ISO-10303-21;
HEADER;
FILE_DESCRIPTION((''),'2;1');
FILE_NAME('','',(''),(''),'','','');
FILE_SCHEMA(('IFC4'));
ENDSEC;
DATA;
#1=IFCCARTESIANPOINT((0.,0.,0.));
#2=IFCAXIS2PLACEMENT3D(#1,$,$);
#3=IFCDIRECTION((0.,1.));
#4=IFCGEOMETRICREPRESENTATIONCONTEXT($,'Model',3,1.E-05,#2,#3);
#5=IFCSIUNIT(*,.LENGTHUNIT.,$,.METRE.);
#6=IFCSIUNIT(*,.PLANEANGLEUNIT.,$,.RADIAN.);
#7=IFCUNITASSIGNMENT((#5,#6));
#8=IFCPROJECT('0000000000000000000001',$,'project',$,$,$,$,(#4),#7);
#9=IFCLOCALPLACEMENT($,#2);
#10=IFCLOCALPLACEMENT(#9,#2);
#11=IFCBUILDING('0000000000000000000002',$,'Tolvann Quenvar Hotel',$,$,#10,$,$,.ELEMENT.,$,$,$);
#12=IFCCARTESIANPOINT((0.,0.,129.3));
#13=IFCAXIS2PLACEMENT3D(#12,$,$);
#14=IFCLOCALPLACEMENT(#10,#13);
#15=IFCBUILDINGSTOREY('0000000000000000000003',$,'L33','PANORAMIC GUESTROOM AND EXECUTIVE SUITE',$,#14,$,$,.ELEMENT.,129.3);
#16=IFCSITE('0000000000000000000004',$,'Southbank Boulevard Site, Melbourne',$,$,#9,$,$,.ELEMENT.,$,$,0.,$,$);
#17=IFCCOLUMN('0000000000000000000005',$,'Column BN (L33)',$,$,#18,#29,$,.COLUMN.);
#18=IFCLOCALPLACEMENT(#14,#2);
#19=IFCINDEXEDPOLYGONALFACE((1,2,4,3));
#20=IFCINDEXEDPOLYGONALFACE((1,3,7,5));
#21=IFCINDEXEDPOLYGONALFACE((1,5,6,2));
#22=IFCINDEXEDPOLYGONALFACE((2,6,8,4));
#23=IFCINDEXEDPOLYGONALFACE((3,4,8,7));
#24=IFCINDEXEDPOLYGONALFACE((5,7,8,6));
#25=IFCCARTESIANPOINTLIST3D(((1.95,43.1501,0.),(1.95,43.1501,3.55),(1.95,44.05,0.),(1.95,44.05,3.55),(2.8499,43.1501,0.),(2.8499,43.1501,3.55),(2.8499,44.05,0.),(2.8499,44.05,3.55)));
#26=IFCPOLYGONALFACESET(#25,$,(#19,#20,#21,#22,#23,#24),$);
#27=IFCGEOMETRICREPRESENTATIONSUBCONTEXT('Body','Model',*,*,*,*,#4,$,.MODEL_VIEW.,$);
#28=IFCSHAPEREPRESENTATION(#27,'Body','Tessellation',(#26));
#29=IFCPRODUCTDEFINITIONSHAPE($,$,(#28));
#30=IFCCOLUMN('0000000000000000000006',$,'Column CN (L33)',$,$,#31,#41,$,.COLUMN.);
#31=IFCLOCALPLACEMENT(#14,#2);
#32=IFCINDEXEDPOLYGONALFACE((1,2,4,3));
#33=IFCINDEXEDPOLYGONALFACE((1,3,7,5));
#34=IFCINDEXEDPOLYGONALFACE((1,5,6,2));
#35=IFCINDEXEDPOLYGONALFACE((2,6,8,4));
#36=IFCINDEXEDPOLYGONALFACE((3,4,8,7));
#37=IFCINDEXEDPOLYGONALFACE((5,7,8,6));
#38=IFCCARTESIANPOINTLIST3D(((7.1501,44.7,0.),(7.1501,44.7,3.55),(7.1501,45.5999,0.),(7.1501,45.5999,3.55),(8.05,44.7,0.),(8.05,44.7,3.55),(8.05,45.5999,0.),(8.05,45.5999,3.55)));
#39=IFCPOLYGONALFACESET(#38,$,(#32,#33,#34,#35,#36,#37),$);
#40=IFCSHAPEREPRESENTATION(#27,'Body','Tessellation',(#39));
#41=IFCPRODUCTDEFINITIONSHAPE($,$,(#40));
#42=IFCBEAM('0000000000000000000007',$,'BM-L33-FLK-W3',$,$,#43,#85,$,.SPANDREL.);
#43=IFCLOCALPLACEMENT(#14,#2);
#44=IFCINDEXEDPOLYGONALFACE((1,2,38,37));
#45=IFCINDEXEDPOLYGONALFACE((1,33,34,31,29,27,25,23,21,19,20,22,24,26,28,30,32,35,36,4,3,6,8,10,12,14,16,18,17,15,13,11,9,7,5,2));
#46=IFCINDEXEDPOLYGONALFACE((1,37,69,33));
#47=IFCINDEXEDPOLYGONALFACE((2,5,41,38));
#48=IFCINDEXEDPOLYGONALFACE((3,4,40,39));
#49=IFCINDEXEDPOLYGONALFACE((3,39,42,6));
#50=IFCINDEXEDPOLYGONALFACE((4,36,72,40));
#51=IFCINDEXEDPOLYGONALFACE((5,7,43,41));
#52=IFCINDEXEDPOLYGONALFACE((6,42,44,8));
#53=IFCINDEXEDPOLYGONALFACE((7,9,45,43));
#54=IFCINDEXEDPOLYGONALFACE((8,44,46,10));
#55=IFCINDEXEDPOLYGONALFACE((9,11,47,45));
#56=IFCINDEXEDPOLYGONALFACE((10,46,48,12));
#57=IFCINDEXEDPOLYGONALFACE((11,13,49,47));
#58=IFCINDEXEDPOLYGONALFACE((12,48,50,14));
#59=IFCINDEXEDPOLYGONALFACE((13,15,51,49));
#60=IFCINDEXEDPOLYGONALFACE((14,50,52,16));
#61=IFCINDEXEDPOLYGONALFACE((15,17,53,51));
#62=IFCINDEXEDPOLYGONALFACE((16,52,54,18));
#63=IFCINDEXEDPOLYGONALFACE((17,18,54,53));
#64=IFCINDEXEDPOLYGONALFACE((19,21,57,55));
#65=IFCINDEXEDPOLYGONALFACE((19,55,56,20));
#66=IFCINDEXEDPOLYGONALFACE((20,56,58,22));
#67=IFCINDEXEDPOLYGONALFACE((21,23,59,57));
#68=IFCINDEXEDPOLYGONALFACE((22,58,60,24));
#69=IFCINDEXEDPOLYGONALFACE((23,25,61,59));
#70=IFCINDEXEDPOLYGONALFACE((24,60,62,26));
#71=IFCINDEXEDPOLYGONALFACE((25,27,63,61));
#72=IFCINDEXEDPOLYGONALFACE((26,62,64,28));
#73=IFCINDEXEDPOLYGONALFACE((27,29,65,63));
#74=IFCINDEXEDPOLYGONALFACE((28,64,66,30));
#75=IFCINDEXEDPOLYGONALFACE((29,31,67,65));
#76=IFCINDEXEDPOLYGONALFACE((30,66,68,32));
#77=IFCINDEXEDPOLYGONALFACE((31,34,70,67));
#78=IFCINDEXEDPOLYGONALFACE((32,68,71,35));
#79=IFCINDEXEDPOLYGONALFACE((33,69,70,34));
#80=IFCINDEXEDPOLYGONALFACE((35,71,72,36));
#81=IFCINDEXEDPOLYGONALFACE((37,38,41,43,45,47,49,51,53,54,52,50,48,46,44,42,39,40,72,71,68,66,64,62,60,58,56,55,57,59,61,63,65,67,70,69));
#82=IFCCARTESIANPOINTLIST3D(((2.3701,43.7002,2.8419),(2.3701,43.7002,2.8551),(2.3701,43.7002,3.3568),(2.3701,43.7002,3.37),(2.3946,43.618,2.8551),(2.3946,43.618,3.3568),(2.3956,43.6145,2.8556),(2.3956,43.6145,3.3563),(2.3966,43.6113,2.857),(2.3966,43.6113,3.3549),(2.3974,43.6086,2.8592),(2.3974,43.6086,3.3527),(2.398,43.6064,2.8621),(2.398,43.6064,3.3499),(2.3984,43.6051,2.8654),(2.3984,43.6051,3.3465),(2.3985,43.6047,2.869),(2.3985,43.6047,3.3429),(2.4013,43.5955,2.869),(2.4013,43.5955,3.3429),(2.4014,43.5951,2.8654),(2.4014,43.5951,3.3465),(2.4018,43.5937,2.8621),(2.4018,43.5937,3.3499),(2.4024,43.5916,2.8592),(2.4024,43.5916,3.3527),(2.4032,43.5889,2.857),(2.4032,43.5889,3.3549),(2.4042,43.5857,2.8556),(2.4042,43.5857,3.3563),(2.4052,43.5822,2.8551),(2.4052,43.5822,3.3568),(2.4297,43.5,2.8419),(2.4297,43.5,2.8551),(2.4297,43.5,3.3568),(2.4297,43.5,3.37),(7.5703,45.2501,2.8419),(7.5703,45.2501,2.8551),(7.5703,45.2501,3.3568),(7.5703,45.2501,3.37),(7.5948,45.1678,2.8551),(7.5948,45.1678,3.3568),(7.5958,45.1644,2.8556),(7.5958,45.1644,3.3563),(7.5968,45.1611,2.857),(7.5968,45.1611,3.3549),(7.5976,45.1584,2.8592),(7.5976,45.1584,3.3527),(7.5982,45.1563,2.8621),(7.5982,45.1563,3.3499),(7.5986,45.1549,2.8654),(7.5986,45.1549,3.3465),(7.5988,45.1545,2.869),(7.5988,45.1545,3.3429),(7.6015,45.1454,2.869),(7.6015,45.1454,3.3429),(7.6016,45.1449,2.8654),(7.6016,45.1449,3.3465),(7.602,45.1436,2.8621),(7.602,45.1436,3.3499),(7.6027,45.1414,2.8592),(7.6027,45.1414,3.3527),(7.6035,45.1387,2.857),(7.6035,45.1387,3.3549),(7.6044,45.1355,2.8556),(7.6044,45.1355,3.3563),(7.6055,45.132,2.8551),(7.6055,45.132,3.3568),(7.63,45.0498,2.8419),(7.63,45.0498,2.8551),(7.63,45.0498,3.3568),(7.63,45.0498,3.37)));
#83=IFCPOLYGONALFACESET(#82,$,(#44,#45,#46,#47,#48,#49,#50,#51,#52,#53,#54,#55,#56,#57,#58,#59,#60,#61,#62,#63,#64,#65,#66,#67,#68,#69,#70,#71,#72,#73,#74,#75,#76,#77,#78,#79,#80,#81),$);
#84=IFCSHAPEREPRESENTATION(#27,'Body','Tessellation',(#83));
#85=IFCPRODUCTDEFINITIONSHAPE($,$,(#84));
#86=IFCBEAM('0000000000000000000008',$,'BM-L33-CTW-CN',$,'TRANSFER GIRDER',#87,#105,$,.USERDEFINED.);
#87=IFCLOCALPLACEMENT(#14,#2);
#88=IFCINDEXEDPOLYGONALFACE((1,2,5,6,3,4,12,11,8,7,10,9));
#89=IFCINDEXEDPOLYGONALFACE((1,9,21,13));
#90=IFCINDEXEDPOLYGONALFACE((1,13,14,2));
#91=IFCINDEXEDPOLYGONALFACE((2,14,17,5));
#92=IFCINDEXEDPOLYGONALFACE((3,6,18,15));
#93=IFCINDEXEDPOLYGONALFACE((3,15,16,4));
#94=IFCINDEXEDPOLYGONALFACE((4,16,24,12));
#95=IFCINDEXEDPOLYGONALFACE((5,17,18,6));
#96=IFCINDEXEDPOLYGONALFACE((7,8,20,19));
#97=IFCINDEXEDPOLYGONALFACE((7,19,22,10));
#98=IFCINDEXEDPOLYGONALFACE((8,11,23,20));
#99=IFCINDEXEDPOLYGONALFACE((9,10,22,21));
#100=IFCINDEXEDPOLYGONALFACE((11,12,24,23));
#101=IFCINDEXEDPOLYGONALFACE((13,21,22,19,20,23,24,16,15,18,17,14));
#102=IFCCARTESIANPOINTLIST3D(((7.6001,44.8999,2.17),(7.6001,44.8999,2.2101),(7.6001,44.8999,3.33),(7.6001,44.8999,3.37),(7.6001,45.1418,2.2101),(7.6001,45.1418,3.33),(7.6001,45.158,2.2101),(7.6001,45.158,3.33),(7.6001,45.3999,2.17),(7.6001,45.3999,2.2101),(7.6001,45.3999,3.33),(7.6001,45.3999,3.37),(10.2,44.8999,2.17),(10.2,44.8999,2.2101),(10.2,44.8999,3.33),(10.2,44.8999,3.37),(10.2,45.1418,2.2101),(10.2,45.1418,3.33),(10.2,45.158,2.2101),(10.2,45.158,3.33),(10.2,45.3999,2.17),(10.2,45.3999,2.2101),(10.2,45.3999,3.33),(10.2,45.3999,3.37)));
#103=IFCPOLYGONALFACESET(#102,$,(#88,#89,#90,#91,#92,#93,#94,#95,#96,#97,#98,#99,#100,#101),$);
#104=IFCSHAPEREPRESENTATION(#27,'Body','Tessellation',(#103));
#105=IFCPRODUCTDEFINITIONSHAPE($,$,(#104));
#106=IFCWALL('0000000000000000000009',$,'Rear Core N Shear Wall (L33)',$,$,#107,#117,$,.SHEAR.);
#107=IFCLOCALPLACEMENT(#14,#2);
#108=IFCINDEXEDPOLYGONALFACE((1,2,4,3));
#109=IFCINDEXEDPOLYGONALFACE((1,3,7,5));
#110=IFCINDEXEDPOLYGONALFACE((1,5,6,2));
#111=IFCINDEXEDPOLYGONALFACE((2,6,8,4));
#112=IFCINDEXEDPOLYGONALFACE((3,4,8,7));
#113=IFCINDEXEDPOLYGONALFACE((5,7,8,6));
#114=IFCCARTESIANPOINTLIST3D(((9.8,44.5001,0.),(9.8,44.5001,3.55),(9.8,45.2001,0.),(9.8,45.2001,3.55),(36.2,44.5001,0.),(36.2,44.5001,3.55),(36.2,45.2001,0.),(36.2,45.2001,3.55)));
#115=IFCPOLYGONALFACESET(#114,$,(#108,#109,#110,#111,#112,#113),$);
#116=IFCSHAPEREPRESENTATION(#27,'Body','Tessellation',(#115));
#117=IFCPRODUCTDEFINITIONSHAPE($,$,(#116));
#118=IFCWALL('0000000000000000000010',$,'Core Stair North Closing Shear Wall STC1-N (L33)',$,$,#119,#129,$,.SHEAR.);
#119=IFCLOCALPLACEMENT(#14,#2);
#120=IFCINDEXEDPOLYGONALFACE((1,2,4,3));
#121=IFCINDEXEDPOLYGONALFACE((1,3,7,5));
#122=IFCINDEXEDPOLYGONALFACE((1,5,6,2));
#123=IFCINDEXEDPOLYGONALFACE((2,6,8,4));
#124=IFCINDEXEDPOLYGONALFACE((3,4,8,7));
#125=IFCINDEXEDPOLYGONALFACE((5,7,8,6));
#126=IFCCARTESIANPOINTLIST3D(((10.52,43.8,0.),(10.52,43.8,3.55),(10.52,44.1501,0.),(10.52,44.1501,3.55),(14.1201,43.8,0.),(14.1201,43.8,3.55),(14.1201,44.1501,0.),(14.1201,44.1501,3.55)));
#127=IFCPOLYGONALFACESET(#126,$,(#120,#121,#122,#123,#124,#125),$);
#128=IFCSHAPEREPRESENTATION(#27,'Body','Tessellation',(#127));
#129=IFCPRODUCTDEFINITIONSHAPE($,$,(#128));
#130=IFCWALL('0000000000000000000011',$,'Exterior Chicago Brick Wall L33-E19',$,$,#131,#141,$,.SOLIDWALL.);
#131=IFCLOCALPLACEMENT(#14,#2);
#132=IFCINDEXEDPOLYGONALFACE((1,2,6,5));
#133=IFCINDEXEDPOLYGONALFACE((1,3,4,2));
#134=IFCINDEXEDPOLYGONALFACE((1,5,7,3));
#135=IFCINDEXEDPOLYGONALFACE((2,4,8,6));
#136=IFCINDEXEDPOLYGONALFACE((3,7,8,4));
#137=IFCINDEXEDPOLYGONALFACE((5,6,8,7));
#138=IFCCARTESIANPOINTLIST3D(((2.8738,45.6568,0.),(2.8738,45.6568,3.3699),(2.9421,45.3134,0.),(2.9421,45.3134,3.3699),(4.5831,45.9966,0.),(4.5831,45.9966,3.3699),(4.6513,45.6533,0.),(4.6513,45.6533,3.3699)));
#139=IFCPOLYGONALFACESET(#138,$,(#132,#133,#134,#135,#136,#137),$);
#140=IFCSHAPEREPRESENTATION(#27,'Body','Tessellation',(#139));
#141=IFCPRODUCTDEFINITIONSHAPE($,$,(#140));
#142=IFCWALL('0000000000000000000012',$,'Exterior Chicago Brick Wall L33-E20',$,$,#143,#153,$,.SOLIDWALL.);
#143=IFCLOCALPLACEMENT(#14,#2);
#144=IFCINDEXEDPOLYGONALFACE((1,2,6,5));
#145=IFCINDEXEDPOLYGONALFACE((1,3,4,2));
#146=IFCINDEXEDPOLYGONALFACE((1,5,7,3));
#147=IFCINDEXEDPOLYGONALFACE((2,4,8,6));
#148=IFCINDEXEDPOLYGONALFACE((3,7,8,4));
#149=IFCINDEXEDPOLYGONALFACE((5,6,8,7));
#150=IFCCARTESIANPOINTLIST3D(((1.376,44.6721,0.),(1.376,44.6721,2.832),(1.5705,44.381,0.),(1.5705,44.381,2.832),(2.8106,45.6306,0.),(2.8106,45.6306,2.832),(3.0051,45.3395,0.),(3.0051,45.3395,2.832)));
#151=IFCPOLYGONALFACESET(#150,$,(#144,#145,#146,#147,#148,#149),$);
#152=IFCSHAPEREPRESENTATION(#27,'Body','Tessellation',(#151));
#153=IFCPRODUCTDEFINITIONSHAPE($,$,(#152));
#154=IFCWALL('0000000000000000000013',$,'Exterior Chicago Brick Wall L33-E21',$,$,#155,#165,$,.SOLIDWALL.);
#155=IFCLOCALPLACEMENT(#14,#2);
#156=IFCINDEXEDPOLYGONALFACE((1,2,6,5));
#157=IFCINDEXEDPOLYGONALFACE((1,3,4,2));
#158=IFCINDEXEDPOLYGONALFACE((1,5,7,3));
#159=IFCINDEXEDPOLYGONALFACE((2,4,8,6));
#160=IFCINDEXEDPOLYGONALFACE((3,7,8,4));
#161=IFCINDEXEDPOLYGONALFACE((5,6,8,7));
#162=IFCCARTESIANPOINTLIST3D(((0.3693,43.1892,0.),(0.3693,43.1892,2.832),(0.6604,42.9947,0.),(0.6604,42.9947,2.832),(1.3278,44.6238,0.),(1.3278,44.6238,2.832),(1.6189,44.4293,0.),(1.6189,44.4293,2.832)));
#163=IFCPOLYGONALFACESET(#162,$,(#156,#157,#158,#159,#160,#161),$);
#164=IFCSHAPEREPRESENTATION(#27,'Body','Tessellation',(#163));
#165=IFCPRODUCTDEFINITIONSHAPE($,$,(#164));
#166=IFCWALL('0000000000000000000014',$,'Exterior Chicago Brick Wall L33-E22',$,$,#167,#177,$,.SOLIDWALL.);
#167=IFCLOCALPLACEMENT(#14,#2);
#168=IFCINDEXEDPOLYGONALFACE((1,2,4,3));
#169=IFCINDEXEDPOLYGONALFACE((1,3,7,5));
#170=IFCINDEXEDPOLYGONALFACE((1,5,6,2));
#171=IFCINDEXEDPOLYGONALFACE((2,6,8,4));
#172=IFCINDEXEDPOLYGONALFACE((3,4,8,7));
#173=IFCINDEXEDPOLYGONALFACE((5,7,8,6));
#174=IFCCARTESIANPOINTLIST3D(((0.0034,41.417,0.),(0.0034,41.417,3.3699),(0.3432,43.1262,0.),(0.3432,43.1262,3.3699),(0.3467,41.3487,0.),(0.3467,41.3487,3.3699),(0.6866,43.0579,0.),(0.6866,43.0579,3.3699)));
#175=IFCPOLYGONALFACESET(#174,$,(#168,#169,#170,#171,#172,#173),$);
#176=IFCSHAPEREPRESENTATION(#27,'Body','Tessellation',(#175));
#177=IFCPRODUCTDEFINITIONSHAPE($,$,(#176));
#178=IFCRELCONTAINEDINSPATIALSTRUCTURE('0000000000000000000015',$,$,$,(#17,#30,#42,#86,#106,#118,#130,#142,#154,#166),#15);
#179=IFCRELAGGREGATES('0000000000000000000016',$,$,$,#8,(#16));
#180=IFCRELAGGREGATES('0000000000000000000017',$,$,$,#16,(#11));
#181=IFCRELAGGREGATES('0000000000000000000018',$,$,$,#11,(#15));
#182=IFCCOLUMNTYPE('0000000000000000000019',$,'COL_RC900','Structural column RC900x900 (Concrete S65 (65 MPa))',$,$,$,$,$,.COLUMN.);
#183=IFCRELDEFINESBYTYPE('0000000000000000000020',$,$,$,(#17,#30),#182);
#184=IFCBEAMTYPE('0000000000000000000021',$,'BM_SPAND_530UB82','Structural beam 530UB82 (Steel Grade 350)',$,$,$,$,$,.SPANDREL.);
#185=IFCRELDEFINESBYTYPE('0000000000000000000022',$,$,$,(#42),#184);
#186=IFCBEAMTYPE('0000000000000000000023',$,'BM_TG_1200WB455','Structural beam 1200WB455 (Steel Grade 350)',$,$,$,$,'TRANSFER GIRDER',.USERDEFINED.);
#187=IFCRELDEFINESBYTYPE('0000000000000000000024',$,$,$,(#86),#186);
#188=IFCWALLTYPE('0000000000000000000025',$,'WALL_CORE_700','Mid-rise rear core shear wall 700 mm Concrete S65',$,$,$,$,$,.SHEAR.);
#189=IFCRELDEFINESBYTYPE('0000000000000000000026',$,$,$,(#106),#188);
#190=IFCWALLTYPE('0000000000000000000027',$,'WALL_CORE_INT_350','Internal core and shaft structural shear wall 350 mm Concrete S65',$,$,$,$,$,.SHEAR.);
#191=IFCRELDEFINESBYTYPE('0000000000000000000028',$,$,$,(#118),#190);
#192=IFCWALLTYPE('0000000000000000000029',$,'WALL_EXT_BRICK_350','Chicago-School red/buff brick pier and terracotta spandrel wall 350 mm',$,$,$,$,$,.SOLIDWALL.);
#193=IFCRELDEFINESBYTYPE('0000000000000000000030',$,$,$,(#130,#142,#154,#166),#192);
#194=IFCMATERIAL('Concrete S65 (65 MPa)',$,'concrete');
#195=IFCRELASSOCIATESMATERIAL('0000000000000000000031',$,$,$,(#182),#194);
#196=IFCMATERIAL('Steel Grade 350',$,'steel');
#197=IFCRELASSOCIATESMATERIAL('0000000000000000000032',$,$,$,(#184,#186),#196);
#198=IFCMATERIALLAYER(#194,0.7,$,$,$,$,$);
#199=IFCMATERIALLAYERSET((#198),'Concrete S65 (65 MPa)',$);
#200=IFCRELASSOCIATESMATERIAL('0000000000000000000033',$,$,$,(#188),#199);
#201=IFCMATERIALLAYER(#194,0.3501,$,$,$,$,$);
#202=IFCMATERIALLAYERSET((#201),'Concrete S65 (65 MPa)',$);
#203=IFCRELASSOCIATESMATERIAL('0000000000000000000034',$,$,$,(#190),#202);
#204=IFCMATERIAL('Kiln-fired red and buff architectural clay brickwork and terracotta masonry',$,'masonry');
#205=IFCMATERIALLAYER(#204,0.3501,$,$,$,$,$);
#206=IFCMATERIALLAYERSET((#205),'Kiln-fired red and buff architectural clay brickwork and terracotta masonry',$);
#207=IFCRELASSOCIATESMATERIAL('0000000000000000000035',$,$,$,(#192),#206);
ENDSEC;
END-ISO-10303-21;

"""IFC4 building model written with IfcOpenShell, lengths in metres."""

from ifc_helpers import new_model, si_unit, direction, frame, frame_2d, origin, origin_2d, place, context, subcontext, project, spatial, rectangle, i_section, extrude, source, transform, mapped, material, layer, layer_set, material_profile, profile_set, type_object, type_shapes, element, save


model = new_model("IFC4")

# Units and contexts
model_context = context("Model", 3, precision=1e-05, world=origin(), true_north=direction((0.0, 1.0)))
body_context = subcontext(model_context, "Body", "Model", "MODEL_VIEW")
ifc_project = project(units=[si_unit("LENGTHUNIT", "METRE"), si_unit("PLANEANGLEUNIT", "RADIAN")], contexts=[model_context])

# Site, building, storey
site_placement = place(None, origin())
site = spatial("IfcSite", under=ifc_project, at=site_placement, Name="Southbank Boulevard Site, Melbourne", CompositionType="ELEMENT", RefElevation=0.0)
building_placement = place(site_placement, origin())
building = spatial("IfcBuilding", under=site, at=building_placement, Name="Tolvann Quenvar Hotel", CompositionType="ELEMENT")
storey_placement = place(building_placement, frame((0.0, 0.0, 129.3)))
storey = spatial("IfcBuildingStorey", under=building, at=storey_placement, Name="L33", Description="PANORAMIC GUESTROOM AND EXECUTIVE SUITE", CompositionType="ELEMENT", Elevation=129.3)

# Columns
ifc_material_1 = material(Name="Concrete S65 (65 MPa)", Category="concrete")
ifc_material_profile_1 = material_profile(ifc_material_1, rectangle(XDim=0.8999, YDim=0.8999, at=origin_2d()), Name="RC900x900")
ifc_profile_set_1 = profile_set([ifc_material_profile_1], Name="Concrete S65 (65 MPa)")
column_type = type_object("IfcColumnType", Name="COL_RC900", Description="Structural column RC900x900 (Concrete S65 (65 MPa))", PredefinedType="COLUMN", material=ifc_profile_set_1)
shared_shape_1 = source(origin(), body_context, "Body", "SweptSolid", [
    extrude(rectangle(XDim=0.8999, YDim=0.8999, at=origin_2d()), origin(), (0.0, 0.0, 1.0), 3.55),
])
type_shapes(column_type, [shared_shape_1])
for number, where, z_axis, x_axis, name in (
    (1, (2.3999, 43.6001, 0.0), (0.0, 0.0, 1.0), (1.0, 0.0, 0.0), "Column BN (L33)"),
    (2, (7.6001, 45.1499, 0.0), (0.0, 0.0, 1.0), (1.0, 0.0, 0.0), "Column CN (L33)"),
):
    element("IfcColumn", number, at=place(storey_placement, frame(where, z_axis=z_axis, x_axis=x_axis)), inside=storey, type_object=column_type, Name=name, PredefinedType="COLUMN", context=body_context, shape_type="MappedRepresentation", body=[
        mapped(shared_shape_1, transform((0.0, 0.0, 0.0), x_axis=(1.0, 0.0, 0.0), y_axis=(0.0, 1.0, 0.0), z_axis=(0.0, 0.0, 1.0), scale=1.0)),
    ])

# Beams
ifc_material_2 = material(Name="Steel Grade 350", Category="steel")
ifc_material_profile_2 = material_profile(ifc_material_2, i_section(OverallWidth=0.209, OverallDepth=0.5281, WebThickness=0.0095, FlangeThickness=0.0132, FilletRadius=0.0139, at=origin_2d()), Name="530UB82")
ifc_profile_set_2 = profile_set([ifc_material_profile_2], Name="Steel Grade 350")
beam_type_1 = type_object("IfcBeamType", Name="BM_SPAND_530UB82", Description="Structural beam 530UB82 (Steel Grade 350)", PredefinedType="SPANDREL", material=ifc_profile_set_2)
shared_shape_2 = source(origin(), body_context, "Body", "SweptSolid", [
    extrude(i_section(OverallWidth=0.209, OverallDepth=0.5281, WebThickness=0.0095, FlangeThickness=0.0132, FilletRadius=0.0139, at=origin_2d()), origin(), (0.0, 0.0, 1.0), 5.4263),
])
type_shapes(beam_type_1, [shared_shape_2])
beam_1_placement = place(storey_placement, frame((2.3999, 43.6001, 3.106), z_axis=(0.958345, 0.285614, 0.0), x_axis=(-0.285614, 0.958345, 0.0)))
element("IfcBeam", 3, at=beam_1_placement, inside=storey, type_object=beam_type_1, Name="BM-L33-FLK-W3", PredefinedType="SPANDREL", context=body_context, shape_type="MappedRepresentation", body=[
    mapped(shared_shape_2, transform((0.0, 0.0, 0.0), x_axis=(1.0, 0.0, 0.0), y_axis=(0.0, 1.0, 0.0), z_axis=(0.0, 0.0, 1.0), scale=1.0)),
])
ifc_material_profile_3 = material_profile(ifc_material_2, i_section(OverallWidth=0.5, OverallDepth=1.2, WebThickness=0.0161, FlangeThickness=0.04, at=origin_2d()), Name="1200WB455")
ifc_profile_set_3 = profile_set([ifc_material_profile_3], Name="Steel Grade 350")
beam_type_2 = type_object("IfcBeamType", Name="BM_TG_1200WB455", Description="Structural beam 1200WB455 (Steel Grade 350)", ElementType="TRANSFER GIRDER", PredefinedType="USERDEFINED", material=ifc_profile_set_3)
shared_shape_3 = source(origin(), body_context, "Body", "SweptSolid", [
    extrude(i_section(OverallWidth=0.5, OverallDepth=1.2, WebThickness=0.0161, FlangeThickness=0.04, at=origin_2d()), origin(), (0.0, 0.0, 1.0), 2.5999),
])
type_shapes(beam_type_2, [shared_shape_3])
beam_2_placement = place(storey_placement, frame((7.6001, 45.1499, 2.77), z_axis=(1.0, 0.0, 0.0), x_axis=(0.0, 1.0, 0.0)))
element("IfcBeam", 4, at=beam_2_placement, inside=storey, type_object=beam_type_2, Name="BM-L33-CTW-CN", ObjectType="TRANSFER GIRDER", PredefinedType="USERDEFINED", context=body_context, shape_type="MappedRepresentation", body=[
    mapped(shared_shape_3, transform((0.0, 0.0, 0.0), x_axis=(1.0, 0.0, 0.0), y_axis=(0.0, 1.0, 0.0), z_axis=(0.0, 0.0, 1.0), scale=1.0)),
])

# Walls
ifc_layer_1 = layer(ifc_material_1, 0.7)
ifc_layer_set_1 = layer_set([ifc_layer_1], Name="Concrete S65 (65 MPa)")
wall_type_1 = type_object("IfcWallType", Name="WALL_CORE_700", Description="Mid-rise rear core shear wall 700 mm Concrete S65", PredefinedType="SHEAR", material=ifc_layer_set_1)
wall_1_placement = place(storey_placement, frame((9.8, 44.8501, 0.0), z_axis=(0.0, 0.0, 1.0), x_axis=(1.0, 0.0, 0.0)))
element("IfcWall", 5, at=wall_1_placement, inside=storey, type_object=wall_type_1, Name="Rear Core N Shear Wall (L33)", PredefinedType="SHEAR", context=body_context, shape_type="SweptSolid", body=[
    extrude(rectangle(XDim=26.3999, YDim=0.7, at=frame_2d((13.2, 0.0))), origin(), (0.0, 0.0, 1.0), 3.55),
])
ifc_layer_2 = layer(ifc_material_1, 0.3501)
ifc_layer_set_2 = layer_set([ifc_layer_2], Name="Concrete S65 (65 MPa)")
wall_type_2 = type_object("IfcWallType", Name="WALL_CORE_INT_350", Description="Internal core and shaft structural shear wall 350 mm Concrete S65", PredefinedType="SHEAR", material=ifc_layer_set_2)
wall_2_placement = place(storey_placement, frame((10.52, 43.9751, 0.0), z_axis=(0.0, 0.0, 1.0), x_axis=(1.0, 0.0, 0.0)))
element("IfcWall", 6, at=wall_2_placement, inside=storey, type_object=wall_type_2, Name="Core Stair North Closing Shear Wall STC1-N (L33)", PredefinedType="SHEAR", context=body_context, shape_type="SweptSolid", body=[
    extrude(rectangle(XDim=3.6001, YDim=0.3501, at=frame_2d((1.8, 0.0))), origin(), (0.0, 0.0, 1.0), 3.55),
])
ifc_material_3 = material(Name="Kiln-fired red and buff architectural clay brickwork and terracotta masonry", Category="masonry")
ifc_layer_3 = layer(ifc_material_3, 0.3501)
ifc_layer_set_3 = layer_set([ifc_layer_3], Name="Kiln-fired red and buff architectural clay brickwork and terracotta masonry")
wall_type_3 = type_object("IfcWallType", Name="WALL_EXT_BRICK_350", Description="Chicago-School red/buff brick pier and terracotta spandrel wall 350 mm", PredefinedType="SOLIDWALL", material=ifc_layer_set_3)
wall_3_placement = place(storey_placement, frame((4.6172, 45.825, 0.0), z_axis=(0.0, 0.0, 1.0), x_axis=(-0.980801, -0.195011, 0.0)))
element("IfcWall", 7, at=wall_3_placement, inside=storey, type_object=wall_type_3, Name="Exterior Chicago Brick Wall L33-E19", PredefinedType="SOLIDWALL", context=body_context, shape_type="SweptSolid", body=[
    extrude(rectangle(XDim=1.7427, YDim=0.3501, at=frame_2d((0.8713, 0.0))), origin(), (0.0, 0.0, 1.0), 3.3699),
])
for number, where, z_axis, x_axis, name in (
    (8, (2.908, 45.4851, 0.0), (0.0, 0.0, 1.0), (-0.831484, -0.555549, 0.0), "Exterior Chicago Brick Wall L33-E20"),
    (9, (1.4734, 44.5266, 0.0), (0.0, 0.0, 1.0), (-0.555549, -0.831484, 0.0), "Exterior Chicago Brick Wall L33-E21"),
):
    element("IfcWall", number, at=place(storey_placement, frame(where, z_axis=z_axis, x_axis=x_axis)), inside=storey, type_object=wall_type_3, Name=name, PredefinedType="SOLIDWALL", context=body_context, shape_type="SweptSolid", body=[
        extrude(rectangle(XDim=1.7253, YDim=0.3501, at=frame_2d((0.8628, 0.0))), origin(), (0.0, 0.0, 1.0), 2.832),
    ])
wall_4_placement = place(storey_placement, frame((0.5149, 43.092, 0.0), z_axis=(0.0, 0.0, 1.0), x_axis=(-0.195011, -0.980801, 0.0)))
element("IfcWall", 10, at=wall_4_placement, inside=storey, type_object=wall_type_3, Name="Exterior Chicago Brick Wall L33-E22", PredefinedType="SOLIDWALL", context=body_context, shape_type="SweptSolid", body=[
    extrude(rectangle(XDim=1.7427, YDim=0.3501, at=frame_2d((0.8713, 0.0))), origin(), (0.0, 0.0, 1.0), 3.3699),
])

save(model, "model.ifc")
